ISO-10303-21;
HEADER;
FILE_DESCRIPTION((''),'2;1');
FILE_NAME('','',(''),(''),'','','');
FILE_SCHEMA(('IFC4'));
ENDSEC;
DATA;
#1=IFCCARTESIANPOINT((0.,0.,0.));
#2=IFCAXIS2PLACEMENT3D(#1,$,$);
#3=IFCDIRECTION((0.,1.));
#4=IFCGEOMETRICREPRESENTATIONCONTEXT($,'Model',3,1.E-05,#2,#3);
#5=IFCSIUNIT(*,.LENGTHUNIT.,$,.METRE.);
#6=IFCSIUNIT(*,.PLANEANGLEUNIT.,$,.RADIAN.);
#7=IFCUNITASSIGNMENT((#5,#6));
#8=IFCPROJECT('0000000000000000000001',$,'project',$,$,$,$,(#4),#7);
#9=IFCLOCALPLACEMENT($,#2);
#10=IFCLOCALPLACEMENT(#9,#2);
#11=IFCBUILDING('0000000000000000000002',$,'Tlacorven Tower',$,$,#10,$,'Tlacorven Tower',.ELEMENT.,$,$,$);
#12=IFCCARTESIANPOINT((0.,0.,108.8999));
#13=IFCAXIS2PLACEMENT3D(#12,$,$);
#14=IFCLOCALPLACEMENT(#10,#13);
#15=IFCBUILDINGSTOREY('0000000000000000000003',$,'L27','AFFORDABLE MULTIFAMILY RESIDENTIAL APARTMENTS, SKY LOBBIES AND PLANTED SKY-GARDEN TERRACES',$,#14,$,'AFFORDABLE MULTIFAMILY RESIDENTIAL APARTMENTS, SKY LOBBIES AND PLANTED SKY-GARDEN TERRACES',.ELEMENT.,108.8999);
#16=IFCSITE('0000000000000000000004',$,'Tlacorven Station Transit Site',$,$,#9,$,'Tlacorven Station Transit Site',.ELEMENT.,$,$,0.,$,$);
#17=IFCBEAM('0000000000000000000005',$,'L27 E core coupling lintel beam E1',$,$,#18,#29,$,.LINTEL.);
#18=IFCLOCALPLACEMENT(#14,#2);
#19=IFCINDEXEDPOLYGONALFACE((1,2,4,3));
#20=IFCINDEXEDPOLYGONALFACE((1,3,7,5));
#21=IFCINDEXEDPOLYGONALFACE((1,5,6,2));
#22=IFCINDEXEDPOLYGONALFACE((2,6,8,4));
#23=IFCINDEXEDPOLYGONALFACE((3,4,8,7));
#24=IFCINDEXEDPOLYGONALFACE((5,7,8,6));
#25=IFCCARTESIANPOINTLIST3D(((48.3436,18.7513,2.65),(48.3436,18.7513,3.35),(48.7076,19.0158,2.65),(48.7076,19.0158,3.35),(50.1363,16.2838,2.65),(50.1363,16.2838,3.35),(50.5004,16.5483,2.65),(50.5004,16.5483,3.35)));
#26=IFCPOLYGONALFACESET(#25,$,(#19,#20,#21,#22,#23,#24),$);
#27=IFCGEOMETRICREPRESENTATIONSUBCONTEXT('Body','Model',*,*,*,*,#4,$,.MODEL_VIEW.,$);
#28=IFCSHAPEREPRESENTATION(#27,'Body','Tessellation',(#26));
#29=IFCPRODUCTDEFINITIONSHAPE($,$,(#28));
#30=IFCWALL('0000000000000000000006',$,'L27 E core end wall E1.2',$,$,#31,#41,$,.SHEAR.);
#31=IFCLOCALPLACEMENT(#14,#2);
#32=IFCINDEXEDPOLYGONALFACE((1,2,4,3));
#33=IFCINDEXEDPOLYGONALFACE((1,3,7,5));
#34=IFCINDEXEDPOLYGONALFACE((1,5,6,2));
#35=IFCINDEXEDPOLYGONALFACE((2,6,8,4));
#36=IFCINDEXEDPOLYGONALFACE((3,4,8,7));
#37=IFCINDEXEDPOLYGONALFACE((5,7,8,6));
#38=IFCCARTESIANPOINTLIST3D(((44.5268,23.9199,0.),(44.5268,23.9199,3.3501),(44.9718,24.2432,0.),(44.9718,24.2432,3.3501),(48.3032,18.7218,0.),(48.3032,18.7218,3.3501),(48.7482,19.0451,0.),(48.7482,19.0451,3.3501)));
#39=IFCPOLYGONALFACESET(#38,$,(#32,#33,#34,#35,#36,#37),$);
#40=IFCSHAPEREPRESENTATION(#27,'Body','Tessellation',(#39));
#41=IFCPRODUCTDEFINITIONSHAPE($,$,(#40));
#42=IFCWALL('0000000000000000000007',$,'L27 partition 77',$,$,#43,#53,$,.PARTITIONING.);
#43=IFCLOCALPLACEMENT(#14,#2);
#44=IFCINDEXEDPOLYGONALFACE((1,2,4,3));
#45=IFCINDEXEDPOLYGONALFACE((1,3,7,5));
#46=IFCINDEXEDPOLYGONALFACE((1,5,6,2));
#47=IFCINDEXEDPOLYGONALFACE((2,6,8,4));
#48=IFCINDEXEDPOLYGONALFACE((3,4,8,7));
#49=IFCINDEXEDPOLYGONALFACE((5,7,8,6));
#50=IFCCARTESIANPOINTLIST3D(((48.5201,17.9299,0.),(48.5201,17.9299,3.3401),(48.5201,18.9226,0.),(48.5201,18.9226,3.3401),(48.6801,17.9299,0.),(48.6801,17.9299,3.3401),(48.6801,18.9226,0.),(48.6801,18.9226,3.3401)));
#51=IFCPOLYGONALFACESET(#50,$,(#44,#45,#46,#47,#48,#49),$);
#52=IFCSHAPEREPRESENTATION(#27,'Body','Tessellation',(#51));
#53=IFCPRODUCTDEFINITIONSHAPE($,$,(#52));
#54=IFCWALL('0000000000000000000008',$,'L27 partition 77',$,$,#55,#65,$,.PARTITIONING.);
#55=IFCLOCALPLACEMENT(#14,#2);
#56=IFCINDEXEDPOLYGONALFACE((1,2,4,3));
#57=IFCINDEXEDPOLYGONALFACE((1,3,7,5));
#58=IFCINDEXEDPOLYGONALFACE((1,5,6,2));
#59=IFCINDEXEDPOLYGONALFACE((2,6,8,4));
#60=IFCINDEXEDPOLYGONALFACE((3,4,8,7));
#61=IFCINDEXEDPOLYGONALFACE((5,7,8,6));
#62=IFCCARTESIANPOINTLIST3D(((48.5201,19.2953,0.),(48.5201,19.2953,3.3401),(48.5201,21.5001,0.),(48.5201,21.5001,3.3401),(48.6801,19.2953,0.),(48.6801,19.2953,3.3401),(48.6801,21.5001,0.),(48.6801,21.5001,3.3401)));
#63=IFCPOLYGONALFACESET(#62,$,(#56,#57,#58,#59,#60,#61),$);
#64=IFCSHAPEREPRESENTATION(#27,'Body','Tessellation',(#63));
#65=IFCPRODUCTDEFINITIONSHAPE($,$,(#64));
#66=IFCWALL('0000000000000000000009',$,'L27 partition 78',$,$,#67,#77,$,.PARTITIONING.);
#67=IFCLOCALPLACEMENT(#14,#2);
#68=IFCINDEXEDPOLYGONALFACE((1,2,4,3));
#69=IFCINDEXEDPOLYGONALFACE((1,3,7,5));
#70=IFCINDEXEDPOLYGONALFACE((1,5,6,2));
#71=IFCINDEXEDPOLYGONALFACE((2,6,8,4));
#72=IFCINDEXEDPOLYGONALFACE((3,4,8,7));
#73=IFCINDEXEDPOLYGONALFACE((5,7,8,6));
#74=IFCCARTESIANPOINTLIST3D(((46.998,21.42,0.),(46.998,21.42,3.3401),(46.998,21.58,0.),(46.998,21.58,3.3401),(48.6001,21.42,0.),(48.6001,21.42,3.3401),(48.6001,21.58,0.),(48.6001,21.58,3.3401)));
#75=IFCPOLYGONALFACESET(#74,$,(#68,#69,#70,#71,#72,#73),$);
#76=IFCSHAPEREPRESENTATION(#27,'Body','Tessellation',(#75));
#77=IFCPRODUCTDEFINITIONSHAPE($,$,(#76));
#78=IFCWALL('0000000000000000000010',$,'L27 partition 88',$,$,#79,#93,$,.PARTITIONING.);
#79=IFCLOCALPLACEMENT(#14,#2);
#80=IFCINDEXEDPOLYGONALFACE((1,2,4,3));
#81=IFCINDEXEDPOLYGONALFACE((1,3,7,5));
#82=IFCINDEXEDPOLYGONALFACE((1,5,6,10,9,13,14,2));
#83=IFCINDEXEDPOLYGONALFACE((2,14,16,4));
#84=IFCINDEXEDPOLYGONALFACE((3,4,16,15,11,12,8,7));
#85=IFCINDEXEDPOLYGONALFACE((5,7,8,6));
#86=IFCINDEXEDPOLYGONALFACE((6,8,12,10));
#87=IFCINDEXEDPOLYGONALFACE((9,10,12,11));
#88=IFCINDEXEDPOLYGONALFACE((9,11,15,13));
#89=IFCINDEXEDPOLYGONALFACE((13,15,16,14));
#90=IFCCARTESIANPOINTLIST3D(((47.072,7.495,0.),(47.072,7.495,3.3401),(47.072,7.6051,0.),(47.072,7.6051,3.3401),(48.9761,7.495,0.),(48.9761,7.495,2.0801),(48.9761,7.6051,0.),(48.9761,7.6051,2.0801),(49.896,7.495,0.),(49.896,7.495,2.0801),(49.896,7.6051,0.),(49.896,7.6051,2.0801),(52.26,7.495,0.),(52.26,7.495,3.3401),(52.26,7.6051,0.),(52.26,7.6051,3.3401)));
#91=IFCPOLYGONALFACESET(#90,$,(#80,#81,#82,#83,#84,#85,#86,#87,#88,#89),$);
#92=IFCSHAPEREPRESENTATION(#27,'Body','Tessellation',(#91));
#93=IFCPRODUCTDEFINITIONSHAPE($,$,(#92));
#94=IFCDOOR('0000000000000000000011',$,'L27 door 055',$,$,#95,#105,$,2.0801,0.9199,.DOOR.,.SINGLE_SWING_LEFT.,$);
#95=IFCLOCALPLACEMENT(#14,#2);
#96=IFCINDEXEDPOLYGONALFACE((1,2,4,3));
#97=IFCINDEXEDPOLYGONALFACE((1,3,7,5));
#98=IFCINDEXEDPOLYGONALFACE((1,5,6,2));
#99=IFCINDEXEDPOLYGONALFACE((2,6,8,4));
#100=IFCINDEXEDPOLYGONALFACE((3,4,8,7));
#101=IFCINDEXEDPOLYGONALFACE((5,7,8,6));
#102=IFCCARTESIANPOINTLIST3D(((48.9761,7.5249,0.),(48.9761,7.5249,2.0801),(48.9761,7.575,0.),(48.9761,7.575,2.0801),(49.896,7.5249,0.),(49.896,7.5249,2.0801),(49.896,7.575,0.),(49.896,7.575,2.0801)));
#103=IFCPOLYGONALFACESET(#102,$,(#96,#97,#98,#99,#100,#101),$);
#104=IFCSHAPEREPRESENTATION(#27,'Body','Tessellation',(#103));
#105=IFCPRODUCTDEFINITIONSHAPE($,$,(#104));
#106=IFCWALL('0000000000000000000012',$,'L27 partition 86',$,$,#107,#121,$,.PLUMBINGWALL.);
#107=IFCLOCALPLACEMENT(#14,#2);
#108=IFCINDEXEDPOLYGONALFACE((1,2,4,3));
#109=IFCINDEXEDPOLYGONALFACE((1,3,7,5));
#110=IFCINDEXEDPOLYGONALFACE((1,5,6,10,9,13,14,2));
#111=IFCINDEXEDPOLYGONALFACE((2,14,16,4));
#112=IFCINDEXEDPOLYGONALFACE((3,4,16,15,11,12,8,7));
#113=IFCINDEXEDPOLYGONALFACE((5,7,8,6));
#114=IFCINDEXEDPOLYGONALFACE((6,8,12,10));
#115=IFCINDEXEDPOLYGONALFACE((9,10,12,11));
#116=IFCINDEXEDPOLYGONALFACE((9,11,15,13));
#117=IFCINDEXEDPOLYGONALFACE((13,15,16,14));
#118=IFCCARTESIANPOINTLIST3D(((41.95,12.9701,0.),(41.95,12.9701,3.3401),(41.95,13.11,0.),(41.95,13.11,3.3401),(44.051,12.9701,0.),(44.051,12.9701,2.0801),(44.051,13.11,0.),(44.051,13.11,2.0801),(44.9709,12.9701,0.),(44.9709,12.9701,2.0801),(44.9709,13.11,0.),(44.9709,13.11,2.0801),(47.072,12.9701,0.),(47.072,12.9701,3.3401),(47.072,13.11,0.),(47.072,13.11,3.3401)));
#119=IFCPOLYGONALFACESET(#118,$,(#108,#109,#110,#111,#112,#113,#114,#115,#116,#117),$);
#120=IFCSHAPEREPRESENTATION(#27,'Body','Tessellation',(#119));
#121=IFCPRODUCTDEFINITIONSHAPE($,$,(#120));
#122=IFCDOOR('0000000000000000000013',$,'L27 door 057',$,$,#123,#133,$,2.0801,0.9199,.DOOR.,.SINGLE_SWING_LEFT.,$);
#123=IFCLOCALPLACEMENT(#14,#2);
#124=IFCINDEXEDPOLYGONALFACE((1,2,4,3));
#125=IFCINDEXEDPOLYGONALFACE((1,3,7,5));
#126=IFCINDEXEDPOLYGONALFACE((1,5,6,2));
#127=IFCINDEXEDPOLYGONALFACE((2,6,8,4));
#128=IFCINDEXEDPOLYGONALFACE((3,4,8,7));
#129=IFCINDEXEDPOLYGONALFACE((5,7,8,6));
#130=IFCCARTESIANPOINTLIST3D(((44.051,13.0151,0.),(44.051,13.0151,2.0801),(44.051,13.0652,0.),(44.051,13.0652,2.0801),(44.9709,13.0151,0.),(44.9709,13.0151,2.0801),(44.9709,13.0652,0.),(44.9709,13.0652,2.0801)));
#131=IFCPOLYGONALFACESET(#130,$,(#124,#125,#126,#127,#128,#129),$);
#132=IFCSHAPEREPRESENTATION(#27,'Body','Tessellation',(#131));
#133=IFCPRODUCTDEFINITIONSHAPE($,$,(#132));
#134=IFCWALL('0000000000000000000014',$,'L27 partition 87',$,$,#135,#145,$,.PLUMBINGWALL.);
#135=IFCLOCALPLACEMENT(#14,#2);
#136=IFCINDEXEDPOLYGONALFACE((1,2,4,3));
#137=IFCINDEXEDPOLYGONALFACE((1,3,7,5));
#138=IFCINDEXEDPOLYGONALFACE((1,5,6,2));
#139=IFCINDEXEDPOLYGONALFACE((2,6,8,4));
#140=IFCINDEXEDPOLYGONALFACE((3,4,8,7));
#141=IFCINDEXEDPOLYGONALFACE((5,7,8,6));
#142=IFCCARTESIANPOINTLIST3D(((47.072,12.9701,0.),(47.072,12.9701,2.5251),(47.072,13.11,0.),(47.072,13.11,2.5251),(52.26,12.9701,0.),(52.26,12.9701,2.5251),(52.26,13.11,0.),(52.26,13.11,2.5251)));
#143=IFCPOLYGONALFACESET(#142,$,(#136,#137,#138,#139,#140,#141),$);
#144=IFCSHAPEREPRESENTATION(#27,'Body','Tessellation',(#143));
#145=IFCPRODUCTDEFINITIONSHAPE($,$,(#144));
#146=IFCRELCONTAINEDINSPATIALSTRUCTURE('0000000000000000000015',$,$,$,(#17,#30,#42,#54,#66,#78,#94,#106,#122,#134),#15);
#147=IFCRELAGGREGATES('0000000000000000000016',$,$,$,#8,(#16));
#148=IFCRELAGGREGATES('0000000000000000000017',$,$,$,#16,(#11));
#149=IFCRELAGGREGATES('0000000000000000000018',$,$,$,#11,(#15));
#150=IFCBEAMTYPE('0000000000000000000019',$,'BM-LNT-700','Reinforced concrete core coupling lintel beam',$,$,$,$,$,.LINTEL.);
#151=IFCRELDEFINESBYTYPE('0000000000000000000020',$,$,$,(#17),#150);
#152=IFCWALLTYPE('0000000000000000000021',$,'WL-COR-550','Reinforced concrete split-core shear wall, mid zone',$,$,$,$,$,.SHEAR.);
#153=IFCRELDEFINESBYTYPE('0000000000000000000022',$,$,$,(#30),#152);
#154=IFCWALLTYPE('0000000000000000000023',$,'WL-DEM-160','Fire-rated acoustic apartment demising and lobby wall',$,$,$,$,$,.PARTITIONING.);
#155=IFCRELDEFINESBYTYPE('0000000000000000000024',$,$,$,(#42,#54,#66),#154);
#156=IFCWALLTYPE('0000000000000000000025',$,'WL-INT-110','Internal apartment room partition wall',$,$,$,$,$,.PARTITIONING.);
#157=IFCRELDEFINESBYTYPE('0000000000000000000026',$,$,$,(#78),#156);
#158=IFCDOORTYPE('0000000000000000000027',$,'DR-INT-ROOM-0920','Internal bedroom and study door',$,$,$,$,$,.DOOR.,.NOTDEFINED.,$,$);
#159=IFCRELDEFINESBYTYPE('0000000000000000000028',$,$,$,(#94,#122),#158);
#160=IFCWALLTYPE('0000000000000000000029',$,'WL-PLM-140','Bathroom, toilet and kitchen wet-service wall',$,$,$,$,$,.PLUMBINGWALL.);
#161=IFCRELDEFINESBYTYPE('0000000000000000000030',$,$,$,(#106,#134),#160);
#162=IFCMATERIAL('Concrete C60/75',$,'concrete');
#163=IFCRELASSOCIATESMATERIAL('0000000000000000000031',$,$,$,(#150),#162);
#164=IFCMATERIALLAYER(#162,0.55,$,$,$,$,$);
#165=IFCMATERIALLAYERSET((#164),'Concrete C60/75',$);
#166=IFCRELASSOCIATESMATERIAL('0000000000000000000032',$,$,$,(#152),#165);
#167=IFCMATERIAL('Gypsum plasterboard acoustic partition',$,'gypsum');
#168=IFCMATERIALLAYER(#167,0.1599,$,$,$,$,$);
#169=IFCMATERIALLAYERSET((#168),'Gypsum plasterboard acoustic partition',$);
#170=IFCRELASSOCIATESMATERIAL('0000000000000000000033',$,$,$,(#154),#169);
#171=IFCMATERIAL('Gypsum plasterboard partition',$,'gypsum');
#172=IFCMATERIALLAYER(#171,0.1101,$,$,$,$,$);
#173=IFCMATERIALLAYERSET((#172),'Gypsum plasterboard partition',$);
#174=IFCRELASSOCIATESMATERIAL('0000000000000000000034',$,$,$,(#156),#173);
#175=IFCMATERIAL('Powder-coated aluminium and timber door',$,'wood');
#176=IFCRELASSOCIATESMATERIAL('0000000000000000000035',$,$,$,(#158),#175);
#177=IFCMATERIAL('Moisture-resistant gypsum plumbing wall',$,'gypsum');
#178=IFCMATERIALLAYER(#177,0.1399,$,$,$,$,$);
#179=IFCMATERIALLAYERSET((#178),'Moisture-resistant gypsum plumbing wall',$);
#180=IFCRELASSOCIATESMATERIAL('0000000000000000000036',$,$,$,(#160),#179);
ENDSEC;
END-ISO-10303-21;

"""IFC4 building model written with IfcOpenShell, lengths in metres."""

from ifc_helpers import new_model, si_unit, direction, frame, frame_2d, origin, origin_2d, place, context, subcontext, project, spatial, rectangle, extrude, source, transform, mapped, material, layer, layer_set, material_profile, profile_set, type_object, element, fill, save


model = new_model("IFC4")

# Units and contexts
model_context = context("Model", 3, precision=1e-05, world=origin(), true_north=direction((0.0, 1.0)))
body_context = subcontext(model_context, "Body", "Model", "MODEL_VIEW")
ifc_project = project(units=[si_unit("LENGTHUNIT", "METRE"), si_unit("PLANEANGLEUNIT", "RADIAN")], contexts=[model_context])

# Site, building, storey
site_placement = place(None, origin())
site = spatial("IfcSite", under=ifc_project, at=site_placement, Name="Tlacorven Station Transit Site", LongName="Tlacorven Station Transit Site", CompositionType="ELEMENT", RefElevation=0.0)
building_placement = place(site_placement, origin())
building = spatial("IfcBuilding", under=site, at=building_placement, Name="Tlacorven Tower", LongName="Tlacorven Tower", CompositionType="ELEMENT")
storey_placement = place(building_placement, frame((0.0, 0.0, 108.8999)))
storey = spatial("IfcBuildingStorey", under=building, at=storey_placement, Name="L27", Description="AFFORDABLE MULTIFAMILY RESIDENTIAL APARTMENTS, SKY LOBBIES AND PLANTED SKY-GARDEN TERRACES", LongName="AFFORDABLE MULTIFAMILY RESIDENTIAL APARTMENTS, SKY LOBBIES AND PLANTED SKY-GARDEN TERRACES", CompositionType="ELEMENT", Elevation=108.8999)

# Beam
ifc_material_1 = material(Name="Concrete C60/75", Category="concrete")
ifc_material_profile = material_profile(ifc_material_1, rectangle(XDim=0.45, YDim=0.7, at=origin_2d()), Name="RC 450X700")
ifc_profile_set = profile_set([ifc_material_profile], Name="Concrete C60/75")
beam_type = type_object("IfcBeamType", Name="BM-LNT-700", Description="Reinforced concrete core coupling lintel beam", PredefinedType="LINTEL", material=ifc_profile_set)
shared_shape_1 = source(origin(), body_context, "Body", "SweptSolid", [
    extrude(rectangle(XDim=0.45, YDim=0.7, at=origin_2d()), origin(), (0.0, 0.0, 1.0), 3.05),
])
beam_placement = place(storey_placement, frame((50.3184, 16.416, 3.0), z_axis=(-0.587777, 0.809023, 0.0), x_axis=(-0.809023, -0.587777, 0.0)))
element("IfcBeam", 1, at=beam_placement, inside=storey, type_object=beam_type, Name="L27 E core coupling lintel beam E1", PredefinedType="LINTEL", context=body_context, shape_type="MappedRepresentation", body=[
    mapped(shared_shape_1, transform((0.0, 0.0, 0.0), scale=1.0)),
])

# Walls
ifc_layer_1 = layer(ifc_material_1, 0.55)
ifc_layer_set_1 = layer_set([ifc_layer_1], Name="Concrete C60/75")
wall_type_1 = type_object("IfcWallType", Name="WL-COR-550", Description="Reinforced concrete split-core shear wall, mid zone", PredefinedType="SHEAR", material=ifc_layer_set_1)
wall_1_placement = place(storey_placement, frame((48.5256, 18.8835, 0.0), z_axis=(0.0, 0.0, 1.0), x_axis=(-0.587765, 0.809032, 0.0)))
element("IfcWall", 2, at=wall_1_placement, inside=storey, type_object=wall_type_1, Name="L27 E core end wall E1.2", PredefinedType="SHEAR", context=body_context, shape_type="SweptSolid", body=[
    extrude(rectangle(XDim=6.425, YDim=0.55, at=frame_2d((3.2124, 0.0))), origin(), (0.0, 0.0, 1.0), 3.3501),
])
ifc_material_2 = material(Name="Gypsum plasterboard acoustic partition", Category="gypsum")
ifc_layer_2 = layer(ifc_material_2, 0.1599)
ifc_layer_set_2 = layer_set([ifc_layer_2], Name="Gypsum plasterboard acoustic partition")
wall_type_2 = type_object("IfcWallType", Name="WL-DEM-160", Description="Fire-rated acoustic apartment demising and lobby wall", PredefinedType="PARTITIONING", material=ifc_layer_set_2)
wall_2_placement = place(storey_placement, frame((48.6001, 17.9299, 0.0), z_axis=(0.0, 0.0, 1.0), x_axis=(0.0, 1.0, 0.0)))
element("IfcWall", 3, at=wall_2_placement, inside=storey, type_object=wall_type_2, Name="L27 partition 77", PredefinedType="PARTITIONING", context=body_context, shape_type="SweptSolid", body=[
    extrude(rectangle(XDim=0.9927, YDim=0.1599, at=frame_2d((0.4963, 0.0))), origin(), (0.0, 0.0, 1.0), 3.3401),
])
wall_3_placement = place(storey_placement, frame((48.6001, 19.2952, 0.0), z_axis=(0.0, 0.0, 1.0), x_axis=(0.0, 1.0, 0.0)))
element("IfcWall", 4, at=wall_3_placement, inside=storey, type_object=wall_type_2, Name="L27 partition 77", PredefinedType="PARTITIONING", context=body_context, shape_type="SweptSolid", body=[
    extrude(rectangle(XDim=2.2048, YDim=0.1599, at=frame_2d((1.1025, 0.0))), origin(), (0.0, 0.0, 1.0), 3.3401),
])
wall_4_placement = place(storey_placement, frame((46.998, 21.5, 0.0), z_axis=(0.0, 0.0, 1.0), x_axis=(1.0, 0.0, 0.0)))
element("IfcWall", 5, at=wall_4_placement, inside=storey, type_object=wall_type_2, Name="L27 partition 78", PredefinedType="PARTITIONING", context=body_context, shape_type="SweptSolid", body=[
    extrude(rectangle(XDim=1.6021, YDim=0.1599, at=frame_2d((0.801, 0.0))), origin(), (0.0, 0.0, 1.0), 3.3401),
])

# Walls, openings, doors
ifc_material_3 = material(Name="Gypsum plasterboard partition", Category="gypsum")
ifc_layer_3 = layer(ifc_material_3, 0.1101)
ifc_layer_set_3 = layer_set([ifc_layer_3], Name="Gypsum plasterboard partition")
wall_type_3 = type_object("IfcWallType", Name="WL-INT-110", Description="Internal apartment room partition wall", PredefinedType="PARTITIONING", material=ifc_layer_set_3)
wall_5_placement = place(storey_placement, frame((47.072, 7.55, 0.0), z_axis=(0.0, 0.0, 1.0), x_axis=(1.0, 0.0, 0.0)))
wall_5 = element("IfcWall", 6, at=wall_5_placement, inside=storey, type_object=wall_type_3, Name="L27 partition 88", PredefinedType="PARTITIONING", context=body_context, shape_type="SweptSolid", body=[
    extrude(rectangle(XDim=5.188, YDim=0.1101, at=frame_2d((2.594, 0.0))), origin(), (0.0, 0.0, 1.0), 3.3401),
])
opening_1_placement = place(wall_5_placement, frame((1.9041, 0.0, 0.0)))
opening_1 = element("IfcOpeningElement", 7, at=opening_1_placement, cuts=wall_5, PredefinedType="OPENING", context=body_context, shape_type="SweptSolid", body=[
    extrude(rectangle(XDim=0.9199, YDim=2.0801, at=frame_2d((0.46, 1.04))), frame((0.0, 0.0649, 0.0), z_axis=(0.0, -1.0, 0.0), x_axis=(1.0, 0.0, 0.0)), (0.0, 0.0, 1.0), 0.1301),
])
ifc_material_4 = material(Name="Powder-coated aluminium and timber door", Category="wood")
door_type_1 = type_object("IfcDoorType", Name="DR-INT-ROOM-0920", Description="Internal bedroom and study door", OperationType="NOTDEFINED", PredefinedType="DOOR", material=ifc_material_4)
shared_shape_2 = source(origin(), body_context, "Body", "SweptSolid", [
    extrude(rectangle(XDim=0.9199, YDim=2.0801, at=frame_2d((0.46, 1.04))), frame((0.0, 0.0249, 0.0), z_axis=(0.0, -1.0, 0.0), x_axis=(1.0, 0.0, 0.0)), (0.0, 0.0, 1.0), 0.05),
])
door_1_placement = place(opening_1_placement, origin())
door_1 = element("IfcDoor", 8, at=door_1_placement, inside=storey, type_object=door_type_1, Name="L27 door 055", OperationType="SINGLE_SWING_LEFT", OverallHeight=2.0801, OverallWidth=0.9199, PredefinedType="DOOR", context=body_context, shape_type="MappedRepresentation", body=[
    mapped(shared_shape_2, transform((0.0, 0.0, 0.0), scale=1.0)),
])
fill(opening_1, door_1)
ifc_material_5 = material(Name="Moisture-resistant gypsum plumbing wall", Category="gypsum")
ifc_layer_4 = layer(ifc_material_5, 0.1399)
ifc_layer_set_4 = layer_set([ifc_layer_4], Name="Moisture-resistant gypsum plumbing wall")
wall_type_4 = type_object("IfcWallType", Name="WL-PLM-140", Description="Bathroom, toilet and kitchen wet-service wall", PredefinedType="PLUMBINGWALL", material=ifc_layer_set_4)
wall_6_placement = place(storey_placement, frame((41.95, 13.04, 0.0), z_axis=(0.0, 0.0, 1.0), x_axis=(1.0, 0.0, 0.0)))
wall_6 = element("IfcWall", 9, at=wall_6_placement, inside=storey, type_object=wall_type_4, Name="L27 partition 86", PredefinedType="PLUMBINGWALL", context=body_context, shape_type="SweptSolid", body=[
    extrude(rectangle(XDim=5.1221, YDim=0.1399, at=frame_2d((2.561, 0.0))), origin(), (0.0, 0.0, 1.0), 3.3401),
])
opening_2_placement = place(wall_6_placement, frame((2.1011, 0.0, 0.0)))
opening_2 = element("IfcOpeningElement", 10, at=opening_2_placement, cuts=wall_6, PredefinedType="OPENING", context=body_context, shape_type="SweptSolid", body=[
    extrude(rectangle(XDim=0.9199, YDim=2.0801, at=frame_2d((0.46, 1.04))), frame((0.0, 0.0801, 0.0), z_axis=(0.0, -1.0, 0.0), x_axis=(1.0, 0.0, 0.0)), (0.0, 0.0, 1.0), 0.1599),
])
door_2_placement = place(opening_2_placement, frame((0.9199, 0.0, 0.0), z_axis=(0.0, 0.0, 1.0), x_axis=(-1.0, 0.0, 0.0)))
door_2 = element("IfcDoor", 11, at=door_2_placement, inside=storey, type_object=door_type_1, Name="L27 door 057", OperationType="SINGLE_SWING_LEFT", OverallHeight=2.0801, OverallWidth=0.9199, PredefinedType="DOOR", context=body_context, shape_type="MappedRepresentation", body=[
    mapped(shared_shape_2, transform((0.0, 0.0, 0.0), scale=1.0)),
])
fill(opening_2, door_2)

# Wall
wall_7_placement = place(storey_placement, frame((47.072, 13.04, 0.0), z_axis=(0.0, 0.0, 1.0), x_axis=(1.0, 0.0, 0.0)))
element("IfcWall", 12, at=wall_7_placement, inside=storey, type_object=wall_type_4, Name="L27 partition 87", PredefinedType="PLUMBINGWALL", context=body_context, shape_type="SweptSolid", body=[
    extrude(rectangle(XDim=5.188, YDim=0.1399, at=frame_2d((2.594, 0.0))), origin(), (0.0, 0.0, 1.0), 2.5251),
])

save(model, "model.ifc")
